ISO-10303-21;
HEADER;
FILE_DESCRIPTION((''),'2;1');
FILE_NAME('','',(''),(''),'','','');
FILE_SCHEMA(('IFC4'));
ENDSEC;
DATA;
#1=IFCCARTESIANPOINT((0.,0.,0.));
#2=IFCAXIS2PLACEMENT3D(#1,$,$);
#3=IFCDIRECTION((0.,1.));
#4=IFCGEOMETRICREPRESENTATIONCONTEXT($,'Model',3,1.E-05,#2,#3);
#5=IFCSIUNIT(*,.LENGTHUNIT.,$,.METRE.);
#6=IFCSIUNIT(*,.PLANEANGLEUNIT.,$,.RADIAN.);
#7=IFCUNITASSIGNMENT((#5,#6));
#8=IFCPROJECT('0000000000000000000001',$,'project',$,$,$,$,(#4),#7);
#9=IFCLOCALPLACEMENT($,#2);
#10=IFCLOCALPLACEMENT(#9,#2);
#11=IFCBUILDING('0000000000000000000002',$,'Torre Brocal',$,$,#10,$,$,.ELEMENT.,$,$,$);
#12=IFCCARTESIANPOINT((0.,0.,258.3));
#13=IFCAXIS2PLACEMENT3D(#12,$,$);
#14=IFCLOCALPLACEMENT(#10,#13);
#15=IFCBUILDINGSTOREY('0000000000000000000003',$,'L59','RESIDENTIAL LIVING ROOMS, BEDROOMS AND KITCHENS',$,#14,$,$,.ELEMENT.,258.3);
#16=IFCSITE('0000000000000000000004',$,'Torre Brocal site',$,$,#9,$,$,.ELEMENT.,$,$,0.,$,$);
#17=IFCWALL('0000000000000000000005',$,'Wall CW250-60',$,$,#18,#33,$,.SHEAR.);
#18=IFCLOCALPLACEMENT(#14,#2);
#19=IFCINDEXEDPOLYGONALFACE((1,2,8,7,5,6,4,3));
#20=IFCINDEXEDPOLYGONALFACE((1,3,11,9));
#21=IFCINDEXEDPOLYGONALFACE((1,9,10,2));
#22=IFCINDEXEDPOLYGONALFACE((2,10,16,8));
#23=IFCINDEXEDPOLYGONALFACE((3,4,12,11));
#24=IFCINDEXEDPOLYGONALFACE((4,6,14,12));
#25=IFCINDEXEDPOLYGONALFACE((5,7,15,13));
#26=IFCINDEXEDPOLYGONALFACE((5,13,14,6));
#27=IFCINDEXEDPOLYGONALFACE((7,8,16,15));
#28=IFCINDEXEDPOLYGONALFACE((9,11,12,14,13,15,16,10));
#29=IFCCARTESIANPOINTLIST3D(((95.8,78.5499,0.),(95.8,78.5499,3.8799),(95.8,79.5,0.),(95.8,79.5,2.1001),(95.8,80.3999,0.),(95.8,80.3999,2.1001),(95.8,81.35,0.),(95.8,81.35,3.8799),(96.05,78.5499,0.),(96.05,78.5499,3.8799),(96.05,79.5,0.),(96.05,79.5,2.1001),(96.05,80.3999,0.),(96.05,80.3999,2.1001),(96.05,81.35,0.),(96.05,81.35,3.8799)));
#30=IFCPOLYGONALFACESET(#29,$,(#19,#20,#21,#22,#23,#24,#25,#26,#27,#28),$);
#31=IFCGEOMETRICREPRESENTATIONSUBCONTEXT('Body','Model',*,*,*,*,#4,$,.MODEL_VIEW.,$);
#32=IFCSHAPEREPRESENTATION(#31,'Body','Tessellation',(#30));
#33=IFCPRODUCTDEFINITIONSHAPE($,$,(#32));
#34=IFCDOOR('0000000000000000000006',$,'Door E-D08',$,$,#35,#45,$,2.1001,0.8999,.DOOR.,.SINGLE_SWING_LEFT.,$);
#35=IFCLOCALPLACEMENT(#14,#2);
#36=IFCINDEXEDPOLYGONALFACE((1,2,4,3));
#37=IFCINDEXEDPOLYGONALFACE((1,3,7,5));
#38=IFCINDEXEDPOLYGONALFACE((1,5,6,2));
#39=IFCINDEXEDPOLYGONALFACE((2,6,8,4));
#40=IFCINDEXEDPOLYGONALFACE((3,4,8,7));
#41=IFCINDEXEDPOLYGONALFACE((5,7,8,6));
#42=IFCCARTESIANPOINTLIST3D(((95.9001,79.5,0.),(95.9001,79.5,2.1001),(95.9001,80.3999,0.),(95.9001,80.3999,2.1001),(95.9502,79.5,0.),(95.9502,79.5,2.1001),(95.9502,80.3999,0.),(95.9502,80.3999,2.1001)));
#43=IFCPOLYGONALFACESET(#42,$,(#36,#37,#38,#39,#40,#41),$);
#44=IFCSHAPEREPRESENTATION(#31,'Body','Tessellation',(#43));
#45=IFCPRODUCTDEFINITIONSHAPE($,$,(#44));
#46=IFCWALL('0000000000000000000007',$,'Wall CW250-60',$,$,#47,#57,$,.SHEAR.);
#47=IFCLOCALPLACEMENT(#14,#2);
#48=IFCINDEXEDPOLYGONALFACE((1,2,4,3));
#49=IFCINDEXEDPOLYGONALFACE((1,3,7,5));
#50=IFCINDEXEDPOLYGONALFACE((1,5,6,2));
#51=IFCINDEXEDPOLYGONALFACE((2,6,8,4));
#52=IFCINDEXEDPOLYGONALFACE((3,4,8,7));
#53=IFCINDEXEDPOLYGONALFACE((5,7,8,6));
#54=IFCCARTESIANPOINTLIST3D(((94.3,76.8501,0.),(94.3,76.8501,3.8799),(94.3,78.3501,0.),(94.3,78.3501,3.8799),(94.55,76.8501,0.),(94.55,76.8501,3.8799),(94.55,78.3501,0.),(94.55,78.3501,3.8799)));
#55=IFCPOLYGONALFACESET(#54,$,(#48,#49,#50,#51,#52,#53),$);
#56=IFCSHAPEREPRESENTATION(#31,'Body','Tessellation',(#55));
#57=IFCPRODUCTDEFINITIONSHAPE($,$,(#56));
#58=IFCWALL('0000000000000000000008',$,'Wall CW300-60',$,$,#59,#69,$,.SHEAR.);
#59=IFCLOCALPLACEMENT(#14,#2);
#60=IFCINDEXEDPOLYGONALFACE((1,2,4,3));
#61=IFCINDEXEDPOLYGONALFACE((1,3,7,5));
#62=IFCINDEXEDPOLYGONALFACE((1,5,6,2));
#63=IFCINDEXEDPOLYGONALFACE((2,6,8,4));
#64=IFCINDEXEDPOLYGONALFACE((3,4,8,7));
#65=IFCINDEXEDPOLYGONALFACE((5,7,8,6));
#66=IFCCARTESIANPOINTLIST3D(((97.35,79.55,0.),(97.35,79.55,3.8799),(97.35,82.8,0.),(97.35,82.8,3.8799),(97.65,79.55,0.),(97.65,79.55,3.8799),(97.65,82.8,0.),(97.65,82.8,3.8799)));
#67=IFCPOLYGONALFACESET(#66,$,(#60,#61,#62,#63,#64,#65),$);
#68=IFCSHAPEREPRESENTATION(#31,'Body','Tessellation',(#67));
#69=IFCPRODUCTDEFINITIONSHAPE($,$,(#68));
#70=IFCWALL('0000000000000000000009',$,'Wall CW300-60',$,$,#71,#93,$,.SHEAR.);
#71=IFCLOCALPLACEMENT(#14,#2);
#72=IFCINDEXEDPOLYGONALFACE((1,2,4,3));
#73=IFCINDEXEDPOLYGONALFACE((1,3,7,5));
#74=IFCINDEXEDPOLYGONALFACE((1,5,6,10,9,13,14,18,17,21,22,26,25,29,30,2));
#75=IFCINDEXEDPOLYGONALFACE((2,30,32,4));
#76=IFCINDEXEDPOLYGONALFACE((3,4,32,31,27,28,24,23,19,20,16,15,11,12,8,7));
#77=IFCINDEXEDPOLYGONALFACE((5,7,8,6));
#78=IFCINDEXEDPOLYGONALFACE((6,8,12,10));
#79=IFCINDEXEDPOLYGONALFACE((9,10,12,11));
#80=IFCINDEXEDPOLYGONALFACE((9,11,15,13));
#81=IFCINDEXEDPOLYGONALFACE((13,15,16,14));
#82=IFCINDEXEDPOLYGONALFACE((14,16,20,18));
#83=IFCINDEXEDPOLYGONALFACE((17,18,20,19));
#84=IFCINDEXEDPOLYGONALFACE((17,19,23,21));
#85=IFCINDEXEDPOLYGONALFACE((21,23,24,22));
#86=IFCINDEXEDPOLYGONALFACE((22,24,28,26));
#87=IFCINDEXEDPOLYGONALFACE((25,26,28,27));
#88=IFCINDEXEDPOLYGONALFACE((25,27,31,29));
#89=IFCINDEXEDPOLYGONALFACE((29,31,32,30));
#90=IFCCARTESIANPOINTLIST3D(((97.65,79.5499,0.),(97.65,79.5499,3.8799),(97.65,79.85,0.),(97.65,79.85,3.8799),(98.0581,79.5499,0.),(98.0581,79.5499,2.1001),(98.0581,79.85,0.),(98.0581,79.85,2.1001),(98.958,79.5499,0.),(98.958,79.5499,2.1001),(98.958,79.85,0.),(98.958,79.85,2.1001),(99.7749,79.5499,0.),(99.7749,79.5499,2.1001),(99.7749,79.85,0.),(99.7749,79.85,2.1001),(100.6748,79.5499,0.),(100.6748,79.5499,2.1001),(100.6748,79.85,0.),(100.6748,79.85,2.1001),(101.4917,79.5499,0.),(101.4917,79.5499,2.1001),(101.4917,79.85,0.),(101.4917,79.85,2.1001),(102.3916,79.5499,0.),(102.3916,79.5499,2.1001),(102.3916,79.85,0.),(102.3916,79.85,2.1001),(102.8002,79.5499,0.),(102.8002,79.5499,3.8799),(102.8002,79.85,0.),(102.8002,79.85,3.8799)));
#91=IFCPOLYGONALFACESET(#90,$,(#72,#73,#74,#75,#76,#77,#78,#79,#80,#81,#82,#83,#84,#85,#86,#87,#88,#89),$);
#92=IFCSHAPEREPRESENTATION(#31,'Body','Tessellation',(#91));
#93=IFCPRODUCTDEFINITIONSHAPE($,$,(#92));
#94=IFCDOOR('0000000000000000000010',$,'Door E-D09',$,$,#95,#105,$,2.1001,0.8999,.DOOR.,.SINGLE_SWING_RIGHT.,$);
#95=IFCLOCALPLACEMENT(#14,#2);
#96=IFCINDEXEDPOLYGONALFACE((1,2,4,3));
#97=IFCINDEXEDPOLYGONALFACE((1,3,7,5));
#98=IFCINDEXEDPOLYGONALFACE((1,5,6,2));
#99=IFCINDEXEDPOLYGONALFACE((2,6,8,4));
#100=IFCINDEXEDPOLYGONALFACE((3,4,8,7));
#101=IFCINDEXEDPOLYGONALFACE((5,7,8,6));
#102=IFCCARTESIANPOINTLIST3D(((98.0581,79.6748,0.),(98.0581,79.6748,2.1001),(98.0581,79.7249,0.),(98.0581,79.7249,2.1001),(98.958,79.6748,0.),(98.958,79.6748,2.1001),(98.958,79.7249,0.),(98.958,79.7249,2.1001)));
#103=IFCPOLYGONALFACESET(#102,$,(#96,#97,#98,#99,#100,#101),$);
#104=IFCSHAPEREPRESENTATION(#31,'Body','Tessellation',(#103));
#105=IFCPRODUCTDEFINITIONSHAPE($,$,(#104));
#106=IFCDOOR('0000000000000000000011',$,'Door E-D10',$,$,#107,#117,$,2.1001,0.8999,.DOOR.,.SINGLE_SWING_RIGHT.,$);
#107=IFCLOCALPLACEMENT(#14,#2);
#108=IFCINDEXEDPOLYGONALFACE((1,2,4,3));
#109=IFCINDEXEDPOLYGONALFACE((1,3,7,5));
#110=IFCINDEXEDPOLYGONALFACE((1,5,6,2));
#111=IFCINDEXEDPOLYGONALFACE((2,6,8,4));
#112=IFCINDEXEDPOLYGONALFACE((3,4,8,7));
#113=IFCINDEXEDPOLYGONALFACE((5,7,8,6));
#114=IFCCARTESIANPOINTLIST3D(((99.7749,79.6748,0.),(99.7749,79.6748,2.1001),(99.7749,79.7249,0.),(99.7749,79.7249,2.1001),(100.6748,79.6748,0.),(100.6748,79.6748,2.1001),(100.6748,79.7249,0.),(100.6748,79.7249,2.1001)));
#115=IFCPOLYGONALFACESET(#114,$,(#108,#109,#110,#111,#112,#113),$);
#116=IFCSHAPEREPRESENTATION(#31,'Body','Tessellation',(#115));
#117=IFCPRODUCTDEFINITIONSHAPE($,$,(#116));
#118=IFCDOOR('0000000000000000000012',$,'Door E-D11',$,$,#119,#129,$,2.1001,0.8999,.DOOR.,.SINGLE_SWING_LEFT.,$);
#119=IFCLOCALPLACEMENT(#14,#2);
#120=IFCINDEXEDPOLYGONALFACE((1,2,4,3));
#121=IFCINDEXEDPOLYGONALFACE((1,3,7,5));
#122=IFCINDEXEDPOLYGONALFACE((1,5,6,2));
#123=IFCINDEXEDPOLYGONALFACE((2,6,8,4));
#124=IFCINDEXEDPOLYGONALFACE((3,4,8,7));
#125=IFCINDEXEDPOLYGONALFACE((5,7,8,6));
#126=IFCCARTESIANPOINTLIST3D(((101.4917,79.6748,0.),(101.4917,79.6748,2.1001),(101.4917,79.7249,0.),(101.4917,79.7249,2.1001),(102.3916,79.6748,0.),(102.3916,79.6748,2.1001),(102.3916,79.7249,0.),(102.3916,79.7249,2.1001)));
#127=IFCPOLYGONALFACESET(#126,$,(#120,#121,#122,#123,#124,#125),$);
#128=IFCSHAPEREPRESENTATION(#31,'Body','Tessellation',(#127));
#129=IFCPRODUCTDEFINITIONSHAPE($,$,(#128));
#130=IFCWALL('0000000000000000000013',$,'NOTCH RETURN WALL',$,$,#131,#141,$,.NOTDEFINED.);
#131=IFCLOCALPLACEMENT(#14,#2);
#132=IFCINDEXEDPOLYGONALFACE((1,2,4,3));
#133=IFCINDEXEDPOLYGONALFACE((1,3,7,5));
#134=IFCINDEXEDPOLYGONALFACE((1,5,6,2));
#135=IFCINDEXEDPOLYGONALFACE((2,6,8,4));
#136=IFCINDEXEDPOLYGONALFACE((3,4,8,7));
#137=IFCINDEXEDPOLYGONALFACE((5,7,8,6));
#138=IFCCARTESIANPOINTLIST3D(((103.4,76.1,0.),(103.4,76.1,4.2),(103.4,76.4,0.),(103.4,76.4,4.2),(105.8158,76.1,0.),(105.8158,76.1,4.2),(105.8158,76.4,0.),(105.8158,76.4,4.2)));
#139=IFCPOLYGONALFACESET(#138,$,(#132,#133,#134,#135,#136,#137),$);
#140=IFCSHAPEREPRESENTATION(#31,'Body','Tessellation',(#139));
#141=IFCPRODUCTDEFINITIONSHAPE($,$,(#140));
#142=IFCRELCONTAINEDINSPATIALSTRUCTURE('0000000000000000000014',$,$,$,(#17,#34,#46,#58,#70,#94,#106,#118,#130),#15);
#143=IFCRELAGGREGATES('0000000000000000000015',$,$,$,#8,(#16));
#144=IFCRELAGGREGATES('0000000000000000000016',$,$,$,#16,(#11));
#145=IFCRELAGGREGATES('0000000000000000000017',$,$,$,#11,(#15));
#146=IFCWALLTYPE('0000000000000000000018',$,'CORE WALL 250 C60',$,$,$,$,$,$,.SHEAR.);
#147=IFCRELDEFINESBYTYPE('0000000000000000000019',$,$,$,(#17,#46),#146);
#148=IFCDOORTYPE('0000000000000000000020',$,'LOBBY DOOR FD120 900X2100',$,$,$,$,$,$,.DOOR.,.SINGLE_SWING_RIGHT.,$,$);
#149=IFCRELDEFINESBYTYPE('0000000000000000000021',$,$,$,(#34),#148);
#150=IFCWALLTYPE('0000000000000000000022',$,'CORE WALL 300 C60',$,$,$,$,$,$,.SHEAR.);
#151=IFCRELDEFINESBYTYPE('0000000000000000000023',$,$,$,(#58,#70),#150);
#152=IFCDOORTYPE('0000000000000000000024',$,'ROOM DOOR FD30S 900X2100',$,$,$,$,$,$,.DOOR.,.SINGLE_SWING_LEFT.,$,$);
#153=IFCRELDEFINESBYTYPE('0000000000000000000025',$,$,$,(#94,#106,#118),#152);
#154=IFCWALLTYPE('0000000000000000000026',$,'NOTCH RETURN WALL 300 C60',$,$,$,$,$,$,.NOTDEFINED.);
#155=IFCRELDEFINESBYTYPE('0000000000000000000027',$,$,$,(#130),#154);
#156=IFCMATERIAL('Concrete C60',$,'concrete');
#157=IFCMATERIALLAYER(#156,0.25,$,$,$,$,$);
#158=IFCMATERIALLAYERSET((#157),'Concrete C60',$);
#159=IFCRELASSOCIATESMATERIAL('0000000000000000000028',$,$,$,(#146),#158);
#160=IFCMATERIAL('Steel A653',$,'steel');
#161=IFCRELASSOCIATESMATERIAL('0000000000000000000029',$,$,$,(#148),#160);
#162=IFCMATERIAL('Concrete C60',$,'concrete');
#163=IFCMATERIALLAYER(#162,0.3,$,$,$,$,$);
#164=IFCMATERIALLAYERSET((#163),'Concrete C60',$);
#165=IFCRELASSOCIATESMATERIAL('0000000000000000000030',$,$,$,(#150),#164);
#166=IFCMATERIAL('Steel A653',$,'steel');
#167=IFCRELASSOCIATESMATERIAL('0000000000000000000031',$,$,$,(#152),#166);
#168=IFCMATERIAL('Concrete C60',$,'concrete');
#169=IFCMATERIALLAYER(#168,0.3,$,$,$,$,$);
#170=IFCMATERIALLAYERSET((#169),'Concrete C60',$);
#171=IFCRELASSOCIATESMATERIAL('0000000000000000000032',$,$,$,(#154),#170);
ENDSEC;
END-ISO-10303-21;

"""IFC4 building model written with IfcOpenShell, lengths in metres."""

from ifc_helpers import new_model, si_unit, direction, frame, frame_2d, origin, place, context, subcontext, project, spatial, rectangle, extrude, material, layer, layer_set, type_object, element, fill, save


model = new_model("IFC4")

# Units and contexts
model_context = context("Model", 3, precision=1e-05, world=origin(), true_north=direction((0.0, 1.0)))
body_context = subcontext(model_context, "Body", "Model", "MODEL_VIEW")
ifc_project = project(units=[si_unit("LENGTHUNIT", "METRE"), si_unit("PLANEANGLEUNIT", "RADIAN")], contexts=[model_context])

# Site, building, storey
site_placement = place(None, origin())
site = spatial("IfcSite", under=ifc_project, at=site_placement, Name="Torre Brocal site", CompositionType="ELEMENT", RefElevation=0.0)
building_placement = place(site_placement, origin())
building = spatial("IfcBuilding", under=site, at=building_placement, Name="Torre Brocal", CompositionType="ELEMENT")
storey_placement = place(building_placement, frame((0.0, 0.0, 258.3)))
storey = spatial("IfcBuildingStorey", under=building, at=storey_placement, Name="L59", Description="RESIDENTIAL LIVING ROOMS, BEDROOMS AND KITCHENS", CompositionType="ELEMENT", Elevation=258.3)

# Wall, opening, door
ifc_material_1 = material(Name="Concrete C60", Category="concrete")
ifc_layer_1 = layer(ifc_material_1, 0.25)
ifc_layer_set_1 = layer_set([ifc_layer_1], Name="Concrete C60")
wall_type_1 = type_object("IfcWallType", Name="CORE WALL 250 C60", PredefinedType="SHEAR", material=ifc_layer_set_1)
wall_1_placement = place(storey_placement, frame((95.925, 78.55, 0.0), z_axis=(0.0, 0.0, 1.0), x_axis=(0.0, 1.0, 0.0)))
wall_1 = element("IfcWall", 1, at=wall_1_placement, inside=storey, type_object=wall_type_1, Name="Wall CW250-60", PredefinedType="SHEAR", context=body_context, shape_type="SweptSolid", body=[
    extrude(rectangle(XDim=2.8, YDim=0.25, at=frame_2d((1.3999, 0.0))), origin(), (0.0, 0.0, 1.0), 3.8799),
])
opening_1_placement = place(wall_1_placement, frame((0.95, 0.0, 0.0)))
opening_1 = element("IfcOpeningElement", 2, at=opening_1_placement, cuts=wall_1, PredefinedType="OPENING", context=body_context, shape_type="SweptSolid", body=[
    extrude(rectangle(XDim=0.8999, YDim=2.1001, at=frame_2d((0.45, 1.05))), frame((0.0, 0.135, 0.0), z_axis=(0.0, -1.0, 0.0), x_axis=(1.0, 0.0, 0.0)), (0.0, 0.0, 1.0), 0.27),
])
ifc_material_2 = material(Name="Steel A653", Category="steel")
door_type_1 = type_object("IfcDoorType", Name="LOBBY DOOR FD120 900X2100", OperationType="SINGLE_SWING_RIGHT", PredefinedType="DOOR", material=ifc_material_2)
door_1_placement = place(opening_1_placement, origin())
door_1 = element("IfcDoor", 3, at=door_1_placement, inside=storey, type_object=door_type_1, Name="Door E-D08", OperationType="SINGLE_SWING_LEFT", OverallHeight=2.1001, OverallWidth=0.8999, PredefinedType="DOOR", context=body_context, shape_type="SweptSolid", body=[
    extrude(rectangle(XDim=0.8999, YDim=2.1001, at=frame_2d((0.45, 1.05))), frame((0.0, 0.0249, 0.0), z_axis=(0.0, -1.0, 0.0), x_axis=(1.0, 0.0, 0.0)), (0.0, 0.0, 1.0), 0.05),
])
fill(opening_1, door_1)

# Walls
wall_2_placement = place(storey_placement, frame((94.425, 76.8501, 0.0), z_axis=(0.0, 0.0, 1.0), x_axis=(0.0, 1.0, 0.0)))
element("IfcWall", 4, at=wall_2_placement, inside=storey, type_object=wall_type_1, Name="Wall CW250-60", PredefinedType="SHEAR", context=body_context, shape_type="SweptSolid", body=[
    extrude(rectangle(XDim=1.5, YDim=0.25, at=frame_2d((0.75, 0.0))), origin(), (0.0, 0.0, 1.0), 3.8799),
])
ifc_material_3 = material(Name="Concrete C60", Category="concrete")
ifc_layer_2 = layer(ifc_material_3, 0.3)
ifc_layer_set_2 = layer_set([ifc_layer_2], Name="Concrete C60")
wall_type_2 = type_object("IfcWallType", Name="CORE WALL 300 C60", PredefinedType="SHEAR", material=ifc_layer_set_2)
wall_3_placement = place(storey_placement, frame((97.5, 79.55, 0.0), z_axis=(0.0, 0.0, 1.0), x_axis=(0.0, 1.0, 0.0)))
element("IfcWall", 5, at=wall_3_placement, inside=storey, type_object=wall_type_2, Name="Wall CW300-60", PredefinedType="SHEAR", context=body_context, shape_type="SweptSolid", body=[
    extrude(rectangle(XDim=3.25, YDim=0.3, at=frame_2d((1.625, 0.0))), origin(), (0.0, 0.0, 1.0), 3.8799),
])

# Wall, openings, doors
wall_4_placement = place(storey_placement, frame((97.6499, 79.7, 0.0), z_axis=(0.0, 0.0, 1.0), x_axis=(1.0, 0.0, 0.0)))
wall_4 = element("IfcWall", 6, at=wall_4_placement, inside=storey, type_object=wall_type_2, Name="Wall CW300-60", PredefinedType="SHEAR", context=body_context, shape_type="SweptSolid", body=[
    extrude(rectangle(XDim=5.1501, YDim=0.3, at=frame_2d((2.5752, 0.0))), origin(), (0.0, 0.0, 1.0), 3.8799),
])
opening_2_placement = place(wall_4_placement, frame((0.4082, 0.0, 0.0)))
opening_2 = element("IfcOpeningElement", 7, at=opening_2_placement, cuts=wall_4, PredefinedType="OPENING", context=body_context, shape_type="SweptSolid", body=[
    extrude(rectangle(XDim=0.8999, YDim=2.1001, at=frame_2d((0.45, 1.05))), frame((0.0, 0.1599, 0.0), z_axis=(0.0, -1.0, 0.0), x_axis=(1.0, 0.0, 0.0)), (0.0, 0.0, 1.0), 0.3201),
])
opening_3_placement = place(wall_4_placement, frame((2.125, 0.0, 0.0)))
opening_3 = element("IfcOpeningElement", 8, at=opening_3_placement, cuts=wall_4, PredefinedType="OPENING", context=body_context, shape_type="SweptSolid", body=[
    extrude(rectangle(XDim=0.8999, YDim=2.1001, at=frame_2d((0.45, 1.05))), frame((0.0, 0.1599, 0.0), z_axis=(0.0, -1.0, 0.0), x_axis=(1.0, 0.0, 0.0)), (0.0, 0.0, 1.0), 0.3201),
])
opening_4_placement = place(wall_4_placement, frame((3.8418, 0.0, 0.0)))
opening_4 = element("IfcOpeningElement", 9, at=opening_4_placement, cuts=wall_4, PredefinedType="OPENING", context=body_context, shape_type="SweptSolid", body=[
    extrude(rectangle(XDim=0.8999, YDim=2.1001, at=frame_2d((0.45, 1.05))), frame((0.0, 0.1599, 0.0), z_axis=(0.0, -1.0, 0.0), x_axis=(1.0, 0.0, 0.0)), (0.0, 0.0, 1.0), 0.3201),
])
ifc_material_4 = material(Name="Steel A653", Category="steel")
door_type_2 = type_object("IfcDoorType", Name="ROOM DOOR FD30S 900X2100", OperationType="SINGLE_SWING_LEFT", PredefinedType="DOOR", material=ifc_material_4)
door_2_placement = place(opening_2_placement, origin())
door_2 = element("IfcDoor", 10, at=door_2_placement, inside=storey, type_object=door_type_2, Name="Door E-D09", OperationType="SINGLE_SWING_RIGHT", OverallHeight=2.1001, OverallWidth=0.8999, PredefinedType="DOOR", context=body_context, shape_type="SweptSolid", body=[
    extrude(rectangle(XDim=0.8999, YDim=2.1001, at=frame_2d((0.45, 1.05))), frame((0.0, 0.0249, 0.0), z_axis=(0.0, -1.0, 0.0), x_axis=(1.0, 0.0, 0.0)), (0.0, 0.0, 1.0), 0.05),
])
fill(opening_2, door_2)
door_3_placement = place(opening_3_placement, origin())
door_3 = element("IfcDoor", 11, at=door_3_placement, inside=storey, type_object=door_type_2, Name="Door E-D10", OperationType="SINGLE_SWING_RIGHT", OverallHeight=2.1001, OverallWidth=0.8999, PredefinedType="DOOR", context=body_context, shape_type="SweptSolid", body=[
    extrude(rectangle(XDim=0.8999, YDim=2.1001, at=frame_2d((0.45, 1.05))), frame((0.0, 0.0249, 0.0), z_axis=(0.0, -1.0, 0.0), x_axis=(1.0, 0.0, 0.0)), (0.0, 0.0, 1.0), 0.05),
])
fill(opening_3, door_3)
door_4_placement = place(opening_4_placement, origin())
door_4 = element("IfcDoor", 12, at=door_4_placement, inside=storey, type_object=door_type_2, Name="Door E-D11", OperationType="SINGLE_SWING_LEFT", OverallHeight=2.1001, OverallWidth=0.8999, PredefinedType="DOOR", context=body_context, shape_type="SweptSolid", body=[
    extrude(rectangle(XDim=0.8999, YDim=2.1001, at=frame_2d((0.45, 1.05))), frame((0.0, 0.0249, 0.0), z_axis=(0.0, -1.0, 0.0), x_axis=(1.0, 0.0, 0.0)), (0.0, 0.0, 1.0), 0.05),
])
fill(opening_4, door_4)

# Wall
ifc_material_5 = material(Name="Concrete C60", Category="concrete")
ifc_layer_3 = layer(ifc_material_5, 0.3)
ifc_layer_set_3 = layer_set([ifc_layer_3], Name="Concrete C60")
wall_type_3 = type_object("IfcWallType", Name="NOTCH RETURN WALL 300 C60", PredefinedType="NOTDEFINED", material=ifc_layer_set_3)
wall_5_placement = place(storey_placement, frame((103.3999, 76.25, 0.0), z_axis=(0.0, 0.0, 1.0), x_axis=(1.0, 0.0, 0.0)))
element("IfcWall", 13, at=wall_5_placement, inside=storey, type_object=wall_type_3, Name="NOTCH RETURN WALL", PredefinedType="NOTDEFINED", context=body_context, shape_type="SweptSolid", body=[
    extrude(rectangle(XDim=2.4158, YDim=0.3, at=frame_2d((1.208, 0.0))), origin(), (0.0, 0.0, 1.0), 4.2),
])

save(model, "model.ifc")
